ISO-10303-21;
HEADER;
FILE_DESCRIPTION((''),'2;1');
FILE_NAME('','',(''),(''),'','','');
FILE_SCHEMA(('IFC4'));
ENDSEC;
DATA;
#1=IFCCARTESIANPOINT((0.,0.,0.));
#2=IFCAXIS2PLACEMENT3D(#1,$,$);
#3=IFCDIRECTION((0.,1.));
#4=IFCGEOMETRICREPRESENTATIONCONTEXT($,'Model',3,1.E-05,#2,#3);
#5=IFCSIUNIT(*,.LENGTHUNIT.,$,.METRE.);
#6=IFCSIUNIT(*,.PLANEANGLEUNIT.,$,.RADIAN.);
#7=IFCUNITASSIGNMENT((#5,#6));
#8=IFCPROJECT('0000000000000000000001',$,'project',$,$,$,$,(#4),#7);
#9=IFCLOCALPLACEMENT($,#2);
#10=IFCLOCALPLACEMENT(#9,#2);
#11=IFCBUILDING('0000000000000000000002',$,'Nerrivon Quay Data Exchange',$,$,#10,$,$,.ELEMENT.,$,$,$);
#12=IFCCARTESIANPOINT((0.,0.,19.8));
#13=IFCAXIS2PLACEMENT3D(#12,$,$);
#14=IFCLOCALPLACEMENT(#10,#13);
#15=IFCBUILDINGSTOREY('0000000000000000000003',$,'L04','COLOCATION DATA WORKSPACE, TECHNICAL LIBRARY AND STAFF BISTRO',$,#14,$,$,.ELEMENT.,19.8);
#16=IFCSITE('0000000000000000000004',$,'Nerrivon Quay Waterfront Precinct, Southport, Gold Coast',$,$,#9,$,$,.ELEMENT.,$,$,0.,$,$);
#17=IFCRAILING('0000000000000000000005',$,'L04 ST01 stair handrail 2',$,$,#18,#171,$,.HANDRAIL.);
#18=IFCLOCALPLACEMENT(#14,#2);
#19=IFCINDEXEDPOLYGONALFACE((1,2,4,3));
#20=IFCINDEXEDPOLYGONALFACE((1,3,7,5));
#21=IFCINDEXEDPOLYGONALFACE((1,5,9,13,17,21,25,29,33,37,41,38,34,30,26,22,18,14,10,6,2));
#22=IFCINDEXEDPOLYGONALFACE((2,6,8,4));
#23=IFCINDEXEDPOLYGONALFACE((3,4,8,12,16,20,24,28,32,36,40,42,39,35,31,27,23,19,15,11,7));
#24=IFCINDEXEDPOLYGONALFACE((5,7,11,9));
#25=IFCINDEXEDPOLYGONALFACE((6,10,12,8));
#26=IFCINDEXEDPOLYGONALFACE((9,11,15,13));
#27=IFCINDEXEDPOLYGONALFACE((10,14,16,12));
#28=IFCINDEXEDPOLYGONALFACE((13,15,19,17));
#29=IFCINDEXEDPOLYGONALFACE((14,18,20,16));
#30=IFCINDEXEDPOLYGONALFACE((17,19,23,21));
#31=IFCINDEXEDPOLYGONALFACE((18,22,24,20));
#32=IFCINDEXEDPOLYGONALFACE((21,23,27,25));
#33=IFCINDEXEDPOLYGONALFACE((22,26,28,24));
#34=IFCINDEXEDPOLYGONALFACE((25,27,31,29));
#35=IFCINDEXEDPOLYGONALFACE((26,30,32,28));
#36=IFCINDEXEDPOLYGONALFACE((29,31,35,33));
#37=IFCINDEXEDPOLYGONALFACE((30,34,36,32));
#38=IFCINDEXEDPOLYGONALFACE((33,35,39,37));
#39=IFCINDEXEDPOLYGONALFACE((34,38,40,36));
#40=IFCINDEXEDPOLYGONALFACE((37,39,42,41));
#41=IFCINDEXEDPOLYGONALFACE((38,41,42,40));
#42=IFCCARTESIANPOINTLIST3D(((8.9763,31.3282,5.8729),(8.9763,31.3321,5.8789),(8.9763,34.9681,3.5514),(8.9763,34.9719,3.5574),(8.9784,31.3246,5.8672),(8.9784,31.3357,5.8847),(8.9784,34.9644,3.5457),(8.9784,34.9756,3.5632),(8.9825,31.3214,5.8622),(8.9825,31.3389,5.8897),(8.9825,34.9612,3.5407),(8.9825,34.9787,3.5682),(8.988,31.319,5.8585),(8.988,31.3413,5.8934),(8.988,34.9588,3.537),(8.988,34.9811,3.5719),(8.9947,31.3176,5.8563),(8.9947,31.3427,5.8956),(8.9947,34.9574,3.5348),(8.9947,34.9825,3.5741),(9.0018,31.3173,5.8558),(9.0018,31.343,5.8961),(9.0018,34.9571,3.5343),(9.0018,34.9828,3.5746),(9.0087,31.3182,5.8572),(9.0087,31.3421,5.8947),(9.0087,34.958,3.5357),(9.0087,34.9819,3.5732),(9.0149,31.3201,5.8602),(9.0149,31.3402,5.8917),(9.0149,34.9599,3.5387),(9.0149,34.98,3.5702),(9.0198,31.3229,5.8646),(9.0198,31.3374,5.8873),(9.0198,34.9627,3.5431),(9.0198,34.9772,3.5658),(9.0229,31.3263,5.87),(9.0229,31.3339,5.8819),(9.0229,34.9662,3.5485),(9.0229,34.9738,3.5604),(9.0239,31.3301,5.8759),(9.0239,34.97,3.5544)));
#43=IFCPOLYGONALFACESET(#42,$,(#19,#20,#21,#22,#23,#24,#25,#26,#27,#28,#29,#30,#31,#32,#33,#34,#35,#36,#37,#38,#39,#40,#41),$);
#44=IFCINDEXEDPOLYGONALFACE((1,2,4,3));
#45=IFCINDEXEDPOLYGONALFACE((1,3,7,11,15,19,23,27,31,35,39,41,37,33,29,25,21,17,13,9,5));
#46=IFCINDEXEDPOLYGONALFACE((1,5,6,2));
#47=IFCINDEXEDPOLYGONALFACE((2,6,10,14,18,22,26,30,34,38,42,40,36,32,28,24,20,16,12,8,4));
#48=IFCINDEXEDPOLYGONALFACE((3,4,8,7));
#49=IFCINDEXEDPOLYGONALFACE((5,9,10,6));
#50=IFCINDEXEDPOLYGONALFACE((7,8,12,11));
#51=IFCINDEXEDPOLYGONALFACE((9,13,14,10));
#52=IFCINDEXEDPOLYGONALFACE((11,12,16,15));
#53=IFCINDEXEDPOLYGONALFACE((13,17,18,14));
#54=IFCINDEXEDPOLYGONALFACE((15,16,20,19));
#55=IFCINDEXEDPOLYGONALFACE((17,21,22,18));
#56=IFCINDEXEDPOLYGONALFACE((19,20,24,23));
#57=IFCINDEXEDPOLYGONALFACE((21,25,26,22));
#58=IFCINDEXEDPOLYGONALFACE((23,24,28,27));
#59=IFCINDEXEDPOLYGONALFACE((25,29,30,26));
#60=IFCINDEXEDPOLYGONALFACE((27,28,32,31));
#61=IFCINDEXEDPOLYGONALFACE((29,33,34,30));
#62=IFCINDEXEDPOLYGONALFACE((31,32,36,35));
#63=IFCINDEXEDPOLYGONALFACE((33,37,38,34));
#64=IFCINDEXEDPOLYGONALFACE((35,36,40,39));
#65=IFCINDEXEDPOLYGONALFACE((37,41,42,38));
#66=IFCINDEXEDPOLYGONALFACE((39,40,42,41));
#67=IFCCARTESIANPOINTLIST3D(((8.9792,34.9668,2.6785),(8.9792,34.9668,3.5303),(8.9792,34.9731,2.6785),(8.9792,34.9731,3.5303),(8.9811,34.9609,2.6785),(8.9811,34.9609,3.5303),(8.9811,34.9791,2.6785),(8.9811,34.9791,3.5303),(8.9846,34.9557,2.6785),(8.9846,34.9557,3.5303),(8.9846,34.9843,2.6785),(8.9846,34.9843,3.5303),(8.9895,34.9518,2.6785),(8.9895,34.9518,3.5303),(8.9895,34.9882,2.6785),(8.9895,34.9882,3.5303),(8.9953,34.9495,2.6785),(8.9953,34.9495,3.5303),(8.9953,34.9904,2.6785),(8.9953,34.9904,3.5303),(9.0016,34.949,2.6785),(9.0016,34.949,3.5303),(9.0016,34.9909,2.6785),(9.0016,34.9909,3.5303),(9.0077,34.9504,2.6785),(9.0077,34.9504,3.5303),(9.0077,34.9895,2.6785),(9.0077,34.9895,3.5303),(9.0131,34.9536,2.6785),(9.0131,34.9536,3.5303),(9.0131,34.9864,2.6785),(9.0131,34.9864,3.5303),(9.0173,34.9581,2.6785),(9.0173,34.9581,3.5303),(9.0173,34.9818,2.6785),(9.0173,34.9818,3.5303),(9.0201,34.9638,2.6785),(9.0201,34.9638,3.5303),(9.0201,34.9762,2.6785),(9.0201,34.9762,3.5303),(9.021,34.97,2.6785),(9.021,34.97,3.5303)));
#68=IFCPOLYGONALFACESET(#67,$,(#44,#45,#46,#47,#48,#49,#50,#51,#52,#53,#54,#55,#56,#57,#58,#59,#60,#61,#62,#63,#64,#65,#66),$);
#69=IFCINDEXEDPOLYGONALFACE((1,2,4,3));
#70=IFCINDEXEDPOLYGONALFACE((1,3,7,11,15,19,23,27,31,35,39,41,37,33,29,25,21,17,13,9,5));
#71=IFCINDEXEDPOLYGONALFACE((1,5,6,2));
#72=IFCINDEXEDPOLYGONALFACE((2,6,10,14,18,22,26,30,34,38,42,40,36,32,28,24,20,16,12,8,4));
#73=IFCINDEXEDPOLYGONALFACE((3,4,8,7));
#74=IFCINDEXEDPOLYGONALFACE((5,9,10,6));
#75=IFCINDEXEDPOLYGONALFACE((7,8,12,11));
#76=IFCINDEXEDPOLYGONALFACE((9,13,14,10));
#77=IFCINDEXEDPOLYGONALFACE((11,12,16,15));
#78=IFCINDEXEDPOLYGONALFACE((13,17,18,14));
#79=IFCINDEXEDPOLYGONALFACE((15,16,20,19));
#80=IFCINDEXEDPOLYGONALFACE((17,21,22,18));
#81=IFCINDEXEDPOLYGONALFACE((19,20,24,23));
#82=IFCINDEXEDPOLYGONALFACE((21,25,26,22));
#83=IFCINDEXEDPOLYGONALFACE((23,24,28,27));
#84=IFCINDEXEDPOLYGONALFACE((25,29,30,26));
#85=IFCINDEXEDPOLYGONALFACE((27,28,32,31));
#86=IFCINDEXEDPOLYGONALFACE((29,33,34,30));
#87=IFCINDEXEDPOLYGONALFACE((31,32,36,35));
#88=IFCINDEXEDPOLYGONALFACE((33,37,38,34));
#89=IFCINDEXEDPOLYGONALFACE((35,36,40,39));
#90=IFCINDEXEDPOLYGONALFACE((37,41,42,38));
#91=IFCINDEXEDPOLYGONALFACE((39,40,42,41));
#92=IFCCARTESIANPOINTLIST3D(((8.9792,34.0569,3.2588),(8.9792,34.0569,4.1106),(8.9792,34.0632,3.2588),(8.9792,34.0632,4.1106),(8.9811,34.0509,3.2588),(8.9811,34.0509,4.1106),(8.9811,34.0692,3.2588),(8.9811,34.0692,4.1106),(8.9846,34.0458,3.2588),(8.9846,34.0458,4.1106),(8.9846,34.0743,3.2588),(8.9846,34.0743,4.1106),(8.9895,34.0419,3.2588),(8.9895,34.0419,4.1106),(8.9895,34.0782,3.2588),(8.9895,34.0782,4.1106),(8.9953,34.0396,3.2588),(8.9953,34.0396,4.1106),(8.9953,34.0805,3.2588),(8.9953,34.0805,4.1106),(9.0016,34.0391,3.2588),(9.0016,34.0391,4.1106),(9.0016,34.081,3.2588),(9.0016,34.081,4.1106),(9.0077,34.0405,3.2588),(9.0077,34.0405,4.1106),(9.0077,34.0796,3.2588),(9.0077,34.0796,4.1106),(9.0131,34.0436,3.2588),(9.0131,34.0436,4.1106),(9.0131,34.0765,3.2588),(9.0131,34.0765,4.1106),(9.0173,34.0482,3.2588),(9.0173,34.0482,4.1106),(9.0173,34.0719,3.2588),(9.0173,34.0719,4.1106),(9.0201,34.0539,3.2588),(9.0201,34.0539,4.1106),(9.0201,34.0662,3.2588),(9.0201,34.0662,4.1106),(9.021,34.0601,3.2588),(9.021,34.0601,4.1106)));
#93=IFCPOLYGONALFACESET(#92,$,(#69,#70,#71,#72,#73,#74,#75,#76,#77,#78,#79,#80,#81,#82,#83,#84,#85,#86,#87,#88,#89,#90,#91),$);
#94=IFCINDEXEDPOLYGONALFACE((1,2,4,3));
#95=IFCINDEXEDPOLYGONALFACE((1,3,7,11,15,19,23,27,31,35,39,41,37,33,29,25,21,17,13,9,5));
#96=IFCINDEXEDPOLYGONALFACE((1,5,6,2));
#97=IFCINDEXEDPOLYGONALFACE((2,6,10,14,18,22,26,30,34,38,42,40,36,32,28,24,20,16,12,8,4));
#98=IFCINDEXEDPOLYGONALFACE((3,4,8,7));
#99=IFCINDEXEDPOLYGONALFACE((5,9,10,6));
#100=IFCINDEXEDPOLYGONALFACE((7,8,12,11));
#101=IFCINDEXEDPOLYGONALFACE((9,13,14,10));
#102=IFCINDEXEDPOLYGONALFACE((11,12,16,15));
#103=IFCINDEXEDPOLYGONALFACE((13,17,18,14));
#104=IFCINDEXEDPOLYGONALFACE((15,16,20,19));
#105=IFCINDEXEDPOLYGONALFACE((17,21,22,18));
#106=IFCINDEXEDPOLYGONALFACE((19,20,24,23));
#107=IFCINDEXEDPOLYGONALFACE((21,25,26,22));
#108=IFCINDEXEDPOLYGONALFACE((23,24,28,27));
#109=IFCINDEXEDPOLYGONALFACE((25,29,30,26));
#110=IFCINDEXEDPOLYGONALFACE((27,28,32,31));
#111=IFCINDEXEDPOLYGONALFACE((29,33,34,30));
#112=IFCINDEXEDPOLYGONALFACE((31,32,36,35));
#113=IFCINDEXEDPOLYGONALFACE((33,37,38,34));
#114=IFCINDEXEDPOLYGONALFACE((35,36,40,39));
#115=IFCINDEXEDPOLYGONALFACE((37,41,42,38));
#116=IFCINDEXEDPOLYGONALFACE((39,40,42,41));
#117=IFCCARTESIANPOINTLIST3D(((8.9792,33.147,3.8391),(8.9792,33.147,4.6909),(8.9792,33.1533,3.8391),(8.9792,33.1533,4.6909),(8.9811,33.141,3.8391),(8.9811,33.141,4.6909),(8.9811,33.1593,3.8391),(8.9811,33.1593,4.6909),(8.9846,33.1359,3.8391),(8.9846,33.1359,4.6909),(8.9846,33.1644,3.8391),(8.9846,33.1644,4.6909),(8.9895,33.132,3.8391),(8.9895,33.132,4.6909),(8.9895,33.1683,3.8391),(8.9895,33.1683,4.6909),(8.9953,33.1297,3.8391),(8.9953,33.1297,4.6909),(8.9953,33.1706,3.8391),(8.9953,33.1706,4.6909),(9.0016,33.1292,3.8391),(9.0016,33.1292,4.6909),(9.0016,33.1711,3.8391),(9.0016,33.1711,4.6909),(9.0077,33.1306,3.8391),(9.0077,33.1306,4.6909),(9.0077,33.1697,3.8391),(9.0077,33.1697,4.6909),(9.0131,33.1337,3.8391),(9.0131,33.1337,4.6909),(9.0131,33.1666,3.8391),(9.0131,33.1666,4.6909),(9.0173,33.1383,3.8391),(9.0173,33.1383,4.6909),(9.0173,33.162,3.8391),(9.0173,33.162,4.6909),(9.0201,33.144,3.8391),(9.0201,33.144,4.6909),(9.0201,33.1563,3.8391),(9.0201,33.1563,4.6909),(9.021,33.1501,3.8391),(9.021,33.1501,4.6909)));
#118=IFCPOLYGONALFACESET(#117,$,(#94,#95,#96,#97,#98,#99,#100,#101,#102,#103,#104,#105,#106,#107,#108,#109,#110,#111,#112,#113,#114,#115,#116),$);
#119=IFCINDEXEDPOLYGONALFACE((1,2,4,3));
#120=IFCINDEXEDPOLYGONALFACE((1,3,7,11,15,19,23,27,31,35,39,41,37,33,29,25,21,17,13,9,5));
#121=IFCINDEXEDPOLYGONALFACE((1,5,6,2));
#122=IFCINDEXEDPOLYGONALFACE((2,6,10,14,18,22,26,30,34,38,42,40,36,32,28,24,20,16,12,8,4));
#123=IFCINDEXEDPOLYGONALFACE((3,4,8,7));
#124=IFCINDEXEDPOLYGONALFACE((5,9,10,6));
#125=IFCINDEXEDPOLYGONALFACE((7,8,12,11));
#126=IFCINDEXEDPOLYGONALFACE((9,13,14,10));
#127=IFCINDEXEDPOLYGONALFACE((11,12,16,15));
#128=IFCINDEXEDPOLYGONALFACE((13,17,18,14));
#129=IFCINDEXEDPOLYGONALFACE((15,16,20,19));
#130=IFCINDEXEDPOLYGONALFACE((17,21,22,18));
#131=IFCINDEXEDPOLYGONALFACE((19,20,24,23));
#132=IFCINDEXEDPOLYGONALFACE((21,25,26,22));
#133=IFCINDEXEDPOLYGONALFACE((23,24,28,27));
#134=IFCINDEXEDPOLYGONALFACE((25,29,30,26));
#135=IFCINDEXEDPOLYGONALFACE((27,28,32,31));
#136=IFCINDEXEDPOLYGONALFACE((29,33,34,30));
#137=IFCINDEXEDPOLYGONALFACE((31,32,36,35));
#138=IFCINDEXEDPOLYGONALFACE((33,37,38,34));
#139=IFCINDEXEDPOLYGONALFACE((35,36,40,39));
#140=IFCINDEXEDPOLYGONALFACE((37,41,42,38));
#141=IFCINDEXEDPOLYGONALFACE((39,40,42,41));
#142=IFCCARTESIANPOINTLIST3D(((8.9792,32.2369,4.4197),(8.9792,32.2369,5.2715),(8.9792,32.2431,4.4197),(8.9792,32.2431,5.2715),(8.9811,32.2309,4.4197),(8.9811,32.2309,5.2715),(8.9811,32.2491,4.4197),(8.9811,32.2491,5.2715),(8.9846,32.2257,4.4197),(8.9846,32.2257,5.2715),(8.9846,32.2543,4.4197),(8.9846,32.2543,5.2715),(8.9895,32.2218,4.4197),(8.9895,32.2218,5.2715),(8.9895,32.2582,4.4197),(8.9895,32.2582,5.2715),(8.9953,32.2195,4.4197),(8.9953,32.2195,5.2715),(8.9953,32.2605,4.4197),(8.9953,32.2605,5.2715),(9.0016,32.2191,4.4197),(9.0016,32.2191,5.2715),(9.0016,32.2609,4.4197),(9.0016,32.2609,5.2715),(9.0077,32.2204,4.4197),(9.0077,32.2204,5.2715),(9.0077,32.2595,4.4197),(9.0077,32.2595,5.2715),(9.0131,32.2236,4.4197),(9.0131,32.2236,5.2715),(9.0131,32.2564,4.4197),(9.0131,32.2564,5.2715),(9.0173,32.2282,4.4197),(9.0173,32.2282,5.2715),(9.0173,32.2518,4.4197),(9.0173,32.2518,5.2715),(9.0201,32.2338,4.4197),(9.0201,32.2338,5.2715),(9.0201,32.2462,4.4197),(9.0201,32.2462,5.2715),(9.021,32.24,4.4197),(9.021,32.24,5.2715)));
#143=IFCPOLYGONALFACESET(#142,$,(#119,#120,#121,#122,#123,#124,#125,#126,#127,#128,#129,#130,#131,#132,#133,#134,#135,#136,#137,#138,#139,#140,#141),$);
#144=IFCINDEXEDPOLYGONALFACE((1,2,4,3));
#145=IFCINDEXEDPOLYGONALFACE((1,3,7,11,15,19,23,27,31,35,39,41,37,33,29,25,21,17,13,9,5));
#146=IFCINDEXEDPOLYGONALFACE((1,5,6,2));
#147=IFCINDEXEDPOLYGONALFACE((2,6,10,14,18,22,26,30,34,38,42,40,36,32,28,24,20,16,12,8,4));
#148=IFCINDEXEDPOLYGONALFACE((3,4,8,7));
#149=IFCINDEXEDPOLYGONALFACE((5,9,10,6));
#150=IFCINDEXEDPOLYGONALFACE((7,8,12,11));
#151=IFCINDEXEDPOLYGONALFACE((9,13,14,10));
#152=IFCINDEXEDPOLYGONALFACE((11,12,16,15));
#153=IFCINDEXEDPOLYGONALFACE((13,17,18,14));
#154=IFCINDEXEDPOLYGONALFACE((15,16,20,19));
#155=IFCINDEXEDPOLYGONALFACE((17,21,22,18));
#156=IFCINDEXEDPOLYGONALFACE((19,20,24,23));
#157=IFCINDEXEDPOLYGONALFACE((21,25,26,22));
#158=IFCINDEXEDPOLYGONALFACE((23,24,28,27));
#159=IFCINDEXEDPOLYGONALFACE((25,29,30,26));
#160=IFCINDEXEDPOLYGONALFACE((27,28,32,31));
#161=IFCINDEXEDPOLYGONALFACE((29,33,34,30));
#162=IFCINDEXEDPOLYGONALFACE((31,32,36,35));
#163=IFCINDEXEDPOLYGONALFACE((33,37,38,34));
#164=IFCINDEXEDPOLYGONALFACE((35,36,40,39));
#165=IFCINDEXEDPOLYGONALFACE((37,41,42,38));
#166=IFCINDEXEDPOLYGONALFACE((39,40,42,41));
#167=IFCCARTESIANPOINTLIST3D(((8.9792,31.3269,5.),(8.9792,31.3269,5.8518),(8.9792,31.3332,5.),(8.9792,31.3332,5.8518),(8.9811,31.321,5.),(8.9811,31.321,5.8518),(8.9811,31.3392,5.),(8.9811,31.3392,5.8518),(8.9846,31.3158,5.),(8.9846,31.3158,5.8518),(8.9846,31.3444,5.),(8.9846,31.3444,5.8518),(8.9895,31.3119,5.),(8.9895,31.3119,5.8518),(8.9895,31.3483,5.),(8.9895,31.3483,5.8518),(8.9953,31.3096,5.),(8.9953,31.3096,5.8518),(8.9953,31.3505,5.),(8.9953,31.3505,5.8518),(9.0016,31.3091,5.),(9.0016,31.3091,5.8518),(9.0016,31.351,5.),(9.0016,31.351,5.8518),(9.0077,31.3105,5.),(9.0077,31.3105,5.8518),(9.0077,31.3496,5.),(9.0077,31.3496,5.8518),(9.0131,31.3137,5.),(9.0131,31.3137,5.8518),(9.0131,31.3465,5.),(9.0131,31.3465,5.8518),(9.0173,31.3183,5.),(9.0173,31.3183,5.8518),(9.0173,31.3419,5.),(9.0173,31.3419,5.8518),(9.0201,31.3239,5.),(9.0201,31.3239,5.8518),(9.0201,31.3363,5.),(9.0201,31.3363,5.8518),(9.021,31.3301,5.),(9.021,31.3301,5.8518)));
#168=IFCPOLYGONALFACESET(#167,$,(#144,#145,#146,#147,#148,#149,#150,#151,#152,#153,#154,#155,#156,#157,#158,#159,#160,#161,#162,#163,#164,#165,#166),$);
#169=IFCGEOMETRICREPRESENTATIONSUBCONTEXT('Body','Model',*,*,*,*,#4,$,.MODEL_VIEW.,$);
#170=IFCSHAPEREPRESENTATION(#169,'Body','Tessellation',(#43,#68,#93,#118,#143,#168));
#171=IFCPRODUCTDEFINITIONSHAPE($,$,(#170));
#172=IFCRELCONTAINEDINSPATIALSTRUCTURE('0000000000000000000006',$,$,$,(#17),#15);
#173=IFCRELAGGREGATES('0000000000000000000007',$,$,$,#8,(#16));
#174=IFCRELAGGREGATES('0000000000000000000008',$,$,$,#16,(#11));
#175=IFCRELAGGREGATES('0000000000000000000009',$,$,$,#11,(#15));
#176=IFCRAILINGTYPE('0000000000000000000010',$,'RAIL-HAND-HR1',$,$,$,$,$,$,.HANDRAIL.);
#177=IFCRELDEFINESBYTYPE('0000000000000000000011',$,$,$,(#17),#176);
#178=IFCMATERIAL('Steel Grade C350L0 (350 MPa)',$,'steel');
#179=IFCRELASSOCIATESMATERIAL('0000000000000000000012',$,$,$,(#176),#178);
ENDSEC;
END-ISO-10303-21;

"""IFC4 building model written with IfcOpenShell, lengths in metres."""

from ifc_helpers import new_model, si_unit, direction, frame, origin, origin_2d, place, context, subcontext, project, spatial, circle, extrude, material, type_object, element, save


model = new_model("IFC4")

# Units and contexts
model_context = context("Model", 3, precision=1e-05, world=origin(), true_north=direction((0.0, 1.0)))
body_context = subcontext(model_context, "Body", "Model", "MODEL_VIEW")
ifc_project = project(units=[si_unit("LENGTHUNIT", "METRE"), si_unit("PLANEANGLEUNIT", "RADIAN")], contexts=[model_context])

# Site, building, storey
site_placement = place(None, origin())
site = spatial("IfcSite", under=ifc_project, at=site_placement, Name="Nerrivon Quay Waterfront Precinct, Southport, Gold Coast", CompositionType="ELEMENT", RefElevation=0.0)
building_placement = place(site_placement, origin())
building = spatial("IfcBuilding", under=site, at=building_placement, Name="Nerrivon Quay Data Exchange", CompositionType="ELEMENT")
storey_placement = place(building_placement, frame((0.0, 0.0, 19.8)))
storey = spatial("IfcBuildingStorey", under=building, at=storey_placement, Name="L04", Description="COLOCATION DATA WORKSPACE, TECHNICAL LIBRARY AND STAFF BISTRO", CompositionType="ELEMENT", Elevation=19.8)

# Railing
ifc_material_1 = material(Name="Steel Grade C350L0 (350 MPa)", Category="steel")
railing_type = type_object("IfcRailingType", Name="RAIL-HAND-HR1", PredefinedType="HANDRAIL", material=ifc_material_1)
railing_placement = place(storey_placement, frame((9.0, 34.97, 2.6785)))
element("IfcRailing", 1, at=railing_placement, inside=storey, type_object=railing_type, Name="L04 ST01 stair handrail 2", PredefinedType="HANDRAIL", context=body_context, shape_type="SweptSolid", body=[
    extrude(circle(Radius=0.0239, at=origin_2d()), frame((0.0, 0.0, 0.876), z_axis=(0.0, -0.843112, 0.537739), x_axis=(1.0, 0.0, 0.0)), (0.0, 0.0, 1.0), 4.3171),
    extrude(circle(Radius=0.021, at=origin_2d()), origin(), (0.0, 0.0, 1.0), 0.8518),
    extrude(circle(Radius=0.021, at=origin_2d()), frame((0.0, -0.9099, 0.5803)), (0.0, 0.0, 1.0), 0.8518),
    extrude(circle(Radius=0.021, at=origin_2d()), frame((0.0, -1.8198, 1.1606)), (0.0, 0.0, 1.0), 0.8518),
    extrude(circle(Radius=0.021, at=origin_2d()), frame((0.0, -2.73, 1.7412)), (0.0, 0.0, 1.0), 0.8518),
    extrude(circle(Radius=0.021, at=origin_2d()), frame((0.0, -3.6399, 2.3215)), (0.0, 0.0, 1.0), 0.8518),
])

save(model, "model.ifc")
